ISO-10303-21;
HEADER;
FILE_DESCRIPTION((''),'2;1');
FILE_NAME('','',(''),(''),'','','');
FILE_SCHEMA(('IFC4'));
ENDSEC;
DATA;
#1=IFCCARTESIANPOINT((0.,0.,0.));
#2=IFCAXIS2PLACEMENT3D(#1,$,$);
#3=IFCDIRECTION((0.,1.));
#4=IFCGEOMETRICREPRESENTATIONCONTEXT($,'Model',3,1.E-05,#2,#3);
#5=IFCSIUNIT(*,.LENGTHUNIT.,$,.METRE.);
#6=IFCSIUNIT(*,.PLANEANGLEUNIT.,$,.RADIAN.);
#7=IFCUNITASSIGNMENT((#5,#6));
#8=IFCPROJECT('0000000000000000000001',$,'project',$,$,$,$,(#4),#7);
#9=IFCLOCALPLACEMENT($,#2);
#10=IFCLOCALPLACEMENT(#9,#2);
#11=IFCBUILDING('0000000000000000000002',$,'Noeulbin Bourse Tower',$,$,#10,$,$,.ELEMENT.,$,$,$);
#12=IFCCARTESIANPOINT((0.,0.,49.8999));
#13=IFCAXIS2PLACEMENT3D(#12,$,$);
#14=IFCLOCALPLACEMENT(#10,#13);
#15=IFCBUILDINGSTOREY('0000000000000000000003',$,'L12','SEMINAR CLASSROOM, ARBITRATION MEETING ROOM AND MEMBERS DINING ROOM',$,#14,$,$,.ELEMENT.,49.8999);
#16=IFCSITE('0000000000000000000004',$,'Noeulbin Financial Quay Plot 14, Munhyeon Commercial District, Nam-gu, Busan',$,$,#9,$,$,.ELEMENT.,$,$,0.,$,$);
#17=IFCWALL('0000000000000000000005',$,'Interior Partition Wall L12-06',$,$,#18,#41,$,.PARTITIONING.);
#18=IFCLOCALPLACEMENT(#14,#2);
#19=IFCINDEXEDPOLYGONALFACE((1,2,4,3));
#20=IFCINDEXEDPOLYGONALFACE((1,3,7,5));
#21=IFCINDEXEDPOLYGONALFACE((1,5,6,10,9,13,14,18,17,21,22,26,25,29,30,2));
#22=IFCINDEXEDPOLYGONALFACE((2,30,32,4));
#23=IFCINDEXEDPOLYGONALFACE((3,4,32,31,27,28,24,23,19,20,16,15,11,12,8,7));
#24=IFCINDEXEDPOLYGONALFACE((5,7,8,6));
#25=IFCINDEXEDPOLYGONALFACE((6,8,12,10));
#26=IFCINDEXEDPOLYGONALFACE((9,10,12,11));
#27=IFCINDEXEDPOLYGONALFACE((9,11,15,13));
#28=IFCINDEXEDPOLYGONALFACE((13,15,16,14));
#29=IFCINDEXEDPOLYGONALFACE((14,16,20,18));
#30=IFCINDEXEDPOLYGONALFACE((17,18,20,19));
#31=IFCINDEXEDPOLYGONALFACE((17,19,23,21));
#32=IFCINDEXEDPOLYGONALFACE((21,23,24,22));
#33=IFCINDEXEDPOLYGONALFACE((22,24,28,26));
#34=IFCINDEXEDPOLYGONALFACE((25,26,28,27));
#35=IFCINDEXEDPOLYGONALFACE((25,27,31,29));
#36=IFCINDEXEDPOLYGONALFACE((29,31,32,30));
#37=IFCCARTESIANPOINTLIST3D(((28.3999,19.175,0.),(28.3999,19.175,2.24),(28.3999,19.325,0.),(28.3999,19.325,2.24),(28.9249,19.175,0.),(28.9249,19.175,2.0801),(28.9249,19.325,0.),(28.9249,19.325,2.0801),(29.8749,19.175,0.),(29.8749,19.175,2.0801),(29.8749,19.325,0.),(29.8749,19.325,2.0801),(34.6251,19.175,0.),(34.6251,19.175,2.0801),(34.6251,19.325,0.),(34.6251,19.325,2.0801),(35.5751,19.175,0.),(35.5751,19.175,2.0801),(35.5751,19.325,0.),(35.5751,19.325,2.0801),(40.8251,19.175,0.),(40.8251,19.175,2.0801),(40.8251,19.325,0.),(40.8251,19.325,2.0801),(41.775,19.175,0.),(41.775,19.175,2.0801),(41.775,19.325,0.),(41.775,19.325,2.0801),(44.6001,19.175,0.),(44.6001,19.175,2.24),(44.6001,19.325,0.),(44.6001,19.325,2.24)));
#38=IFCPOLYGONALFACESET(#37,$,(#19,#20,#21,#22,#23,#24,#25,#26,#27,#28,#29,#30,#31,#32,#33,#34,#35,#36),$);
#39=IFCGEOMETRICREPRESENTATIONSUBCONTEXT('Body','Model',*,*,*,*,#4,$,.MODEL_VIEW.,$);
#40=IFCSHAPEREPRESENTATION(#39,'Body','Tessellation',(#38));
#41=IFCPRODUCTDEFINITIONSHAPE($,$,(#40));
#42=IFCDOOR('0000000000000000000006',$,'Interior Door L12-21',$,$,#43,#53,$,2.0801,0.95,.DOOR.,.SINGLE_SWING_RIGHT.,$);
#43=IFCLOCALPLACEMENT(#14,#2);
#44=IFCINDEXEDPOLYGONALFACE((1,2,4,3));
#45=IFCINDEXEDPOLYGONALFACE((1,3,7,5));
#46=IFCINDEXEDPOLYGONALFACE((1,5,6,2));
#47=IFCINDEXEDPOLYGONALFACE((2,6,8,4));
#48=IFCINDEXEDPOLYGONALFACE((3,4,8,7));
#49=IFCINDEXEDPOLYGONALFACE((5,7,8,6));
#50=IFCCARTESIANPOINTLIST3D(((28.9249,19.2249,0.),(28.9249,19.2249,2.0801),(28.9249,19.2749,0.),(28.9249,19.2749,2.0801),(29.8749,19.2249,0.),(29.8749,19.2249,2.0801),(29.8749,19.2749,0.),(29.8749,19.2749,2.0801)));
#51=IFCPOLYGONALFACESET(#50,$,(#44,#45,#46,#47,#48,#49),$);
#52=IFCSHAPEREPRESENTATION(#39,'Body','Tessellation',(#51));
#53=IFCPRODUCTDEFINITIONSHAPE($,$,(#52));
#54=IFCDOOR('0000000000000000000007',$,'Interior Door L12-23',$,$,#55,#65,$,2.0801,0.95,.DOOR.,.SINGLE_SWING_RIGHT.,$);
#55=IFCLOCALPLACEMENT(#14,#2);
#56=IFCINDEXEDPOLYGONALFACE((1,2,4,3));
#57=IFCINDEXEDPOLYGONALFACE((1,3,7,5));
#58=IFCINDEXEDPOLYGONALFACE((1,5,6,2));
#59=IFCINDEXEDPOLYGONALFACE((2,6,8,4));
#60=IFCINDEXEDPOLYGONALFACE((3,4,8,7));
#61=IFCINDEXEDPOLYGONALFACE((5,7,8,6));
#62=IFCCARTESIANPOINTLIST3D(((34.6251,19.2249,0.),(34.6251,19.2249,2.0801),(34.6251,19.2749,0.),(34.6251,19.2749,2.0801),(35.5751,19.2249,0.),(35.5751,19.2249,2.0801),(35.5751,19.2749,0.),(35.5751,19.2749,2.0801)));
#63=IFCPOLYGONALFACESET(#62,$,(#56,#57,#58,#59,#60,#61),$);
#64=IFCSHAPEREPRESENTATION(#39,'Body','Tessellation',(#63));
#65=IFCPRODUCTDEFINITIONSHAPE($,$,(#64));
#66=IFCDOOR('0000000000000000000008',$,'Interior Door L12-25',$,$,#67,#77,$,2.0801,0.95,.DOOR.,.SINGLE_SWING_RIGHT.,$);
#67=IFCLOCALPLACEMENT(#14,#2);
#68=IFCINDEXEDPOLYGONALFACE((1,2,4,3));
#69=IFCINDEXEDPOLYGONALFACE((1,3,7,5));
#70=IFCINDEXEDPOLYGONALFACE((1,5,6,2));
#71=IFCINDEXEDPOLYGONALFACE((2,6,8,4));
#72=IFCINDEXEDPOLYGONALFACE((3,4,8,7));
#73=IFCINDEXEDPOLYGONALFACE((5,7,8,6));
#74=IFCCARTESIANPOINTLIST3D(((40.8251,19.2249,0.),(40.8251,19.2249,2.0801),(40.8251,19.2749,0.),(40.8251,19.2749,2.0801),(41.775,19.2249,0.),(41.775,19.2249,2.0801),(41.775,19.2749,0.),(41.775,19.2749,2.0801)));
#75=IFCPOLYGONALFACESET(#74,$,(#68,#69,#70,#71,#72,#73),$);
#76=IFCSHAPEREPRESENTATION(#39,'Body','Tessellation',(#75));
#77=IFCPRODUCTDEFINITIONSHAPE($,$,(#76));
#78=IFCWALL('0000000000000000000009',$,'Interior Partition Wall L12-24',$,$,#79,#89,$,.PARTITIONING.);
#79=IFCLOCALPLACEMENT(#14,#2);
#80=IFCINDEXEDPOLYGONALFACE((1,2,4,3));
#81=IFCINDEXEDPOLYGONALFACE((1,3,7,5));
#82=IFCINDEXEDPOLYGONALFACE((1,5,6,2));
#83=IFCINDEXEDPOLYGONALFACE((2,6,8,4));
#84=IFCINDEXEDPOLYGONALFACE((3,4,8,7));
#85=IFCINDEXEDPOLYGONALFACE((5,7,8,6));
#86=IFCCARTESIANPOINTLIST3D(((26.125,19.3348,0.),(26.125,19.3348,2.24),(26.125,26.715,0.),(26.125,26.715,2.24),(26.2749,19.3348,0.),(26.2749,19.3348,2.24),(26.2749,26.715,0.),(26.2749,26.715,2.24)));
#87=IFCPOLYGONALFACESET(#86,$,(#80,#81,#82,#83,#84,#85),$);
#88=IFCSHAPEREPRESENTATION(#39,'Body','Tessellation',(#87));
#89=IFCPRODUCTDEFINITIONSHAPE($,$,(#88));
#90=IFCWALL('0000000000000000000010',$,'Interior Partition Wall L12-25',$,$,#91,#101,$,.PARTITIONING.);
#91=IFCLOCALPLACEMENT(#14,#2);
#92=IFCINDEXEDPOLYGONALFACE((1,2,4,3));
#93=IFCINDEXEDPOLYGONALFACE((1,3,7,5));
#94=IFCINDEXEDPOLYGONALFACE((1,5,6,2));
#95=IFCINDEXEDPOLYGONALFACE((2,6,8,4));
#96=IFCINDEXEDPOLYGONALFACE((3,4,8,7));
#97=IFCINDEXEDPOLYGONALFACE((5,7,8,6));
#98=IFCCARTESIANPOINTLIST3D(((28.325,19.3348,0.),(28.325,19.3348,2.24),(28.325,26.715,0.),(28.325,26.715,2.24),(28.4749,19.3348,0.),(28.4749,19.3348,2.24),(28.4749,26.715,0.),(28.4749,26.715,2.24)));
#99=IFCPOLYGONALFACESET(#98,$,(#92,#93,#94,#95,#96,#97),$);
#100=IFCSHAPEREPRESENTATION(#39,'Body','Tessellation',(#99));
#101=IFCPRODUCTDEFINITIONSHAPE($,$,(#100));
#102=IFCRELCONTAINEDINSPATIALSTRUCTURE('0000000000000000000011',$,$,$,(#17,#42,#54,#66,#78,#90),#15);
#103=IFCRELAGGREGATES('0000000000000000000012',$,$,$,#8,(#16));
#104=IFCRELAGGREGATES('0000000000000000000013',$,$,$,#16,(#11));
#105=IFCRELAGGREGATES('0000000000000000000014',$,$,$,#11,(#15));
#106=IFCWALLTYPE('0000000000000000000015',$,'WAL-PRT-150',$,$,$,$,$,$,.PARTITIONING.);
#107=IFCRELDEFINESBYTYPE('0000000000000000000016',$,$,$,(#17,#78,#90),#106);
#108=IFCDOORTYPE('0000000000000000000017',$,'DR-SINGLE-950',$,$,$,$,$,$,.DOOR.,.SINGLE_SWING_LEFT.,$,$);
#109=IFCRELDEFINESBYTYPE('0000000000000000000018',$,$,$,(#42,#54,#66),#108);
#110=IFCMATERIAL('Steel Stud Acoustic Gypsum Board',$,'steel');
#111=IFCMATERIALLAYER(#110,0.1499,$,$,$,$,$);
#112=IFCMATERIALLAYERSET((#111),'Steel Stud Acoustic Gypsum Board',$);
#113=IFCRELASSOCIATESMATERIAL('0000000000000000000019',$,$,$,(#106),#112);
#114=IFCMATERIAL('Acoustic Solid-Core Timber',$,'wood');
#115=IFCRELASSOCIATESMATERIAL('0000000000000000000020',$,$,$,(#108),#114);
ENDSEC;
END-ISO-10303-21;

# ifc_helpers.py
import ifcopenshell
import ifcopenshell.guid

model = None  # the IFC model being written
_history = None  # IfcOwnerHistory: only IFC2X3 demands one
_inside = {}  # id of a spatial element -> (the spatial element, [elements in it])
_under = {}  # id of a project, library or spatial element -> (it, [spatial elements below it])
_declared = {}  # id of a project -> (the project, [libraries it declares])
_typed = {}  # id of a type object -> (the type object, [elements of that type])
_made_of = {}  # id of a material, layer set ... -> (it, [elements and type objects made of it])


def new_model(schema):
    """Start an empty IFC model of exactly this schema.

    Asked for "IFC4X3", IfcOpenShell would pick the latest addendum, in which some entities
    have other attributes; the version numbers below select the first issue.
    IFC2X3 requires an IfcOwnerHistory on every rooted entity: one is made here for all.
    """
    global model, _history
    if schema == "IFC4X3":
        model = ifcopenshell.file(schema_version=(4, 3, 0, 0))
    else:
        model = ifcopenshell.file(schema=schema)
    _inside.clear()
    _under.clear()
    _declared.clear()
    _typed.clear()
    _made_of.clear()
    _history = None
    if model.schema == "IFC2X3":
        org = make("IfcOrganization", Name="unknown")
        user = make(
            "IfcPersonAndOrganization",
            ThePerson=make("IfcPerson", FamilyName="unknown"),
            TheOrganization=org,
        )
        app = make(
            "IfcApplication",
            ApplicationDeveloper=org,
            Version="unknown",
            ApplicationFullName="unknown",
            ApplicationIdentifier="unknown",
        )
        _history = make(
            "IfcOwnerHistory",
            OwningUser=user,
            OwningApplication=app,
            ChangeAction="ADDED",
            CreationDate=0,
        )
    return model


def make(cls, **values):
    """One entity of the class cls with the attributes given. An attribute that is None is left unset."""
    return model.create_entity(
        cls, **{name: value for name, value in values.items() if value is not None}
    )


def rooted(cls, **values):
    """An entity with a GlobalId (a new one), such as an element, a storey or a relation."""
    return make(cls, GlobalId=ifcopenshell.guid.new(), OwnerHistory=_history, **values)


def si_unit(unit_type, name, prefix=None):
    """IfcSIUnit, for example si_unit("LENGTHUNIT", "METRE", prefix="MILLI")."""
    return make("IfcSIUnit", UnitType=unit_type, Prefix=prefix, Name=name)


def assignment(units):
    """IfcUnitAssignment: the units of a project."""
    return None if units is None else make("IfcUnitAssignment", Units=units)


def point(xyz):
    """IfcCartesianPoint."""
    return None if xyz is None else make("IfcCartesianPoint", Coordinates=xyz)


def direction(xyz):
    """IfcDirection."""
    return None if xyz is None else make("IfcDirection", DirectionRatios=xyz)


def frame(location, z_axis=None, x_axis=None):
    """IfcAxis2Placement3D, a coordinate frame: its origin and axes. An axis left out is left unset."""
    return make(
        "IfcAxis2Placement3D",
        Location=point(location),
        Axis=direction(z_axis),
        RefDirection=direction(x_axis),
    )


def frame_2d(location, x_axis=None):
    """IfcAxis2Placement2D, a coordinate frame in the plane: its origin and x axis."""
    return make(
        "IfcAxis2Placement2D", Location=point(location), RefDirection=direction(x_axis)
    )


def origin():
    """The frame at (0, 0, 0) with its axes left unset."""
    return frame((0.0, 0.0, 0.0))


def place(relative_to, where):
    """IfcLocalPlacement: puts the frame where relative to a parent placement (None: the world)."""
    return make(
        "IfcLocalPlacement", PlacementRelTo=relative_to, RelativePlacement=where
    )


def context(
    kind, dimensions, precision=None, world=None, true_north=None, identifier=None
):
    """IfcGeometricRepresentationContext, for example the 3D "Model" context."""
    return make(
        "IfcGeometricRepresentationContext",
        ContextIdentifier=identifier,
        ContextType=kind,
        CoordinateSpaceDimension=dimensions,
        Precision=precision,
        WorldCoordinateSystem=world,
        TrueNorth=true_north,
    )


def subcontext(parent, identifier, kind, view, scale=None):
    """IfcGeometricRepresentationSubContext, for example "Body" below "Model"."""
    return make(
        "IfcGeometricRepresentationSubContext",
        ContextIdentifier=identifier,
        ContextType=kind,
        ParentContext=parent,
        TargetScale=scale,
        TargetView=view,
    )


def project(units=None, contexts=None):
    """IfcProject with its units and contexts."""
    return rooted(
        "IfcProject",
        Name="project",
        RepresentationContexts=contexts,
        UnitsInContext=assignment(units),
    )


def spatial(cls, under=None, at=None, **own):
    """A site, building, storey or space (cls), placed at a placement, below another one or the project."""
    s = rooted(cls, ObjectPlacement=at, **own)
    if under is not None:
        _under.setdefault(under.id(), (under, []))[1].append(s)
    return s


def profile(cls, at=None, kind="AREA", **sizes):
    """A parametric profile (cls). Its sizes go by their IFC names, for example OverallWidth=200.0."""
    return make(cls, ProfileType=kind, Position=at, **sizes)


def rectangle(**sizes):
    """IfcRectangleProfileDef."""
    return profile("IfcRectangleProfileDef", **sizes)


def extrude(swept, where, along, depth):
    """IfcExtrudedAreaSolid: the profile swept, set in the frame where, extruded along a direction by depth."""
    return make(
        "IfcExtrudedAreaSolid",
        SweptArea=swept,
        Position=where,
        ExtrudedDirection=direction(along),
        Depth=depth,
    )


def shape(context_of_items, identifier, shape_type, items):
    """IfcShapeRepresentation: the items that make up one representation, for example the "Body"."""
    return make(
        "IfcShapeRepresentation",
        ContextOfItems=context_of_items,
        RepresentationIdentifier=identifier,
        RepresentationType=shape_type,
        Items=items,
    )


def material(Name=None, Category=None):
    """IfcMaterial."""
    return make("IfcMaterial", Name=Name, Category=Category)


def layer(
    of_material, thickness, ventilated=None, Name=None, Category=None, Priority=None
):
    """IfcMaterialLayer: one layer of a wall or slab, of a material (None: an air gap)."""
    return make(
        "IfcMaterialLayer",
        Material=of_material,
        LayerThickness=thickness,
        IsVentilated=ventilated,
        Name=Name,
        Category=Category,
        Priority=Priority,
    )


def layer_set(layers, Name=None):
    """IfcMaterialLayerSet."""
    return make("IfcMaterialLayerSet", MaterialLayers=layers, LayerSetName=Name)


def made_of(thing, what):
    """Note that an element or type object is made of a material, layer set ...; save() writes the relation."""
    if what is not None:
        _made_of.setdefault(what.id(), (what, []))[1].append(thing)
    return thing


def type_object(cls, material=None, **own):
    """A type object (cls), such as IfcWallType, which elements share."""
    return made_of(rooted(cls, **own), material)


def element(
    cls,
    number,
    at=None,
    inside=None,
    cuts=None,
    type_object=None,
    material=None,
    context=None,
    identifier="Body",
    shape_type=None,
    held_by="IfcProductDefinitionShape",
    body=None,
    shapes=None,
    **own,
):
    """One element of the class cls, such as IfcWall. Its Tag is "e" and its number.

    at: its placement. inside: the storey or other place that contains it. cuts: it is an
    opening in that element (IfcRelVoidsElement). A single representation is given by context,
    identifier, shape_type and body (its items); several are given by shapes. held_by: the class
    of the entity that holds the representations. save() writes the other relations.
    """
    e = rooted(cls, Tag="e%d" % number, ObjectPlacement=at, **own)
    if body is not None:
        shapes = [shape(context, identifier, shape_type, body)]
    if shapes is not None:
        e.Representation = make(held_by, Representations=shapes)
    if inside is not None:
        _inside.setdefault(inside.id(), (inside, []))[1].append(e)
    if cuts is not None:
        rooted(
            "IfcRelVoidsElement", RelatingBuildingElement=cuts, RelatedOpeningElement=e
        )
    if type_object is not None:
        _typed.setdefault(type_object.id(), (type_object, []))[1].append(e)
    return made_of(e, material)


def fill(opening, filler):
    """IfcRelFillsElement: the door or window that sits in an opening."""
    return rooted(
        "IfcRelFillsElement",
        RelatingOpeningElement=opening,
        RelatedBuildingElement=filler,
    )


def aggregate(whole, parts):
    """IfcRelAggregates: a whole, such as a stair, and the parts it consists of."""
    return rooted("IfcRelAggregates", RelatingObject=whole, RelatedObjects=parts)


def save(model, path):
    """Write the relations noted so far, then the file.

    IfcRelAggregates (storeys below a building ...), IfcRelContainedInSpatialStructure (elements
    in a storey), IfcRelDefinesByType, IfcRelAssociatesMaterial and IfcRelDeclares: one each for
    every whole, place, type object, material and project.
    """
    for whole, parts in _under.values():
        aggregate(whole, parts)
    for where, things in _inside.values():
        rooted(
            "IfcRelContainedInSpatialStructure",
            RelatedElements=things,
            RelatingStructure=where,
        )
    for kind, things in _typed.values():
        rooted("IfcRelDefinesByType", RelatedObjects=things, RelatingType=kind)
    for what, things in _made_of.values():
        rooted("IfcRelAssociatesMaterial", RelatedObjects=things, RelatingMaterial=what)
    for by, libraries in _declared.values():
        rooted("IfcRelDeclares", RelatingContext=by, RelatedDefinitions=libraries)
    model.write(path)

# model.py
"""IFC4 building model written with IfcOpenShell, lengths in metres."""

from ifc_helpers import new_model, si_unit, direction, frame, frame_2d, origin, place, context, subcontext, project, spatial, rectangle, extrude, material, layer, layer_set, type_object, element, fill, save


model = new_model("IFC4")

# Units and contexts
model_context = context("Model", 3, precision=1e-05, world=origin(), true_north=direction((0.0, 1.0)))
body_context = subcontext(model_context, "Body", "Model", "MODEL_VIEW")
ifc_project = project(units=[si_unit("LENGTHUNIT", "METRE"), si_unit("PLANEANGLEUNIT", "RADIAN")], contexts=[model_context])

# Site, building, storey
site_placement = place(None, origin())
site = spatial("IfcSite", under=ifc_project, at=site_placement, Name="Noeulbin Financial Quay Plot 14, Munhyeon Commercial District, Nam-gu, Busan", CompositionType="ELEMENT", RefElevation=0.0)
building_placement = place(site_placement, origin())
building = spatial("IfcBuilding", under=site, at=building_placement, Name="Noeulbin Bourse Tower", CompositionType="ELEMENT")
storey_placement = place(building_placement, frame((0.0, 0.0, 49.8999)))
storey = spatial("IfcBuildingStorey", under=building, at=storey_placement, Name="L12", Description="SEMINAR CLASSROOM, ARBITRATION MEETING ROOM AND MEMBERS DINING ROOM", CompositionType="ELEMENT", Elevation=49.8999)

# Wall, openings, doors
ifc_material_1 = material(Name="Steel Stud Acoustic Gypsum Board", Category="steel")
ifc_layer_1 = layer(ifc_material_1, 0.1499)
ifc_layer_set_1 = layer_set([ifc_layer_1], Name="Steel Stud Acoustic Gypsum Board")
wall_type_1 = type_object("IfcWallType", Name="WAL-PRT-150", PredefinedType="PARTITIONING", material=ifc_layer_set_1)
wall_1_placement = place(storey_placement, frame((28.3999, 19.25, 0.0), z_axis=(0.0, 0.0, 1.0), x_axis=(1.0, 0.0, 0.0)))
wall_1 = element("IfcWall", 1, at=wall_1_placement, inside=storey, type_object=wall_type_1, Name="Interior Partition Wall L12-06", PredefinedType="PARTITIONING", context=body_context, shape_type="SweptSolid", body=[
    extrude(rectangle(XDim=16.2002, YDim=0.1499, at=frame_2d((8.1001, 0.0))), origin(), (0.0, 0.0, 1.0), 2.24),
])
opening_1_placement = place(wall_1_placement, frame((0.5249, 0.0, 0.0)))
opening_1 = element("IfcOpeningElement", 2, at=opening_1_placement, cuts=wall_1, PredefinedType="OPENING", context=body_context, shape_type="SweptSolid", body=[
    extrude(rectangle(XDim=0.95, YDim=2.0801, at=frame_2d((0.4751, 1.04))), frame((0.0, 0.085, 0.0), z_axis=(0.0, -1.0, 0.0), x_axis=(1.0, 0.0, 0.0)), (0.0, 0.0, 1.0), 0.1699),
])
opening_2_placement = place(wall_1_placement, frame((6.2251, 0.0, 0.0)))
opening_2 = element("IfcOpeningElement", 3, at=opening_2_placement, cuts=wall_1, PredefinedType="OPENING", context=body_context, shape_type="SweptSolid", body=[
    extrude(rectangle(XDim=0.95, YDim=2.0801, at=frame_2d((0.4751, 1.04))), frame((0.0, 0.085, 0.0), z_axis=(0.0, -1.0, 0.0), x_axis=(1.0, 0.0, 0.0)), (0.0, 0.0, 1.0), 0.1699),
])
opening_3_placement = place(wall_1_placement, frame((12.425, 0.0, 0.0)))
opening_3 = element("IfcOpeningElement", 4, at=opening_3_placement, cuts=wall_1, PredefinedType="OPENING", context=body_context, shape_type="SweptSolid", body=[
    extrude(rectangle(XDim=0.95, YDim=2.0801, at=frame_2d((0.4751, 1.04))), frame((0.0, 0.085, 0.0), z_axis=(0.0, -1.0, 0.0), x_axis=(1.0, 0.0, 0.0)), (0.0, 0.0, 1.0), 0.1699),
])
ifc_material_2 = material(Name="Acoustic Solid-Core Timber", Category="wood")
door_type = type_object("IfcDoorType", Name="DR-SINGLE-950", OperationType="SINGLE_SWING_LEFT", PredefinedType="DOOR", material=ifc_material_2)
door_1_placement = place(opening_1_placement, origin())
door_1 = element("IfcDoor", 5, at=door_1_placement, inside=storey, type_object=door_type, Name="Interior Door L12-21", OperationType="SINGLE_SWING_RIGHT", OverallHeight=2.0801, OverallWidth=0.95, PredefinedType="DOOR", context=body_context, shape_type="SweptSolid", body=[
    extrude(rectangle(XDim=0.95, YDim=2.0801, at=frame_2d((0.4751, 1.04))), frame((0.0, 0.0249, 0.0), z_axis=(0.0, -1.0, 0.0), x_axis=(1.0, 0.0, 0.0)), (0.0, 0.0, 1.0), 0.05),
])
fill(opening_1, door_1)
door_2_placement = place(opening_2_placement, origin())
door_2 = element("IfcDoor", 6, at=door_2_placement, inside=storey, type_object=door_type, Name="Interior Door L12-23", OperationType="SINGLE_SWING_RIGHT", OverallHeight=2.0801, OverallWidth=0.95, PredefinedType="DOOR", context=body_context, shape_type="SweptSolid", body=[
    extrude(rectangle(XDim=0.95, YDim=2.0801, at=frame_2d((0.4751, 1.04))), frame((0.0, 0.0249, 0.0), z_axis=(0.0, -1.0, 0.0), x_axis=(1.0, 0.0, 0.0)), (0.0, 0.0, 1.0), 0.05),
])
fill(opening_2, door_2)
door_3_placement = place(opening_3_placement, origin())
door_3 = element("IfcDoor", 7, at=door_3_placement, inside=storey, type_object=door_type, Name="Interior Door L12-25", OperationType="SINGLE_SWING_RIGHT", OverallHeight=2.0801, OverallWidth=0.95, PredefinedType="DOOR", context=body_context, shape_type="SweptSolid", body=[
    extrude(rectangle(XDim=0.95, YDim=2.0801, at=frame_2d((0.4751, 1.04))), frame((0.0, 0.0249, 0.0), z_axis=(0.0, -1.0, 0.0), x_axis=(1.0, 0.0, 0.0)), (0.0, 0.0, 1.0), 0.05),
])
fill(opening_3, door_3)

# Walls
for number, where, z_axis, x_axis, name in (
    (8, (26.2, 19.335, 0.0), (0.0, 0.0, 1.0), (0.0, 1.0, 0.0), "Interior Partition Wall L12-24"),
    (9, (28.3999, 19.335, 0.0), (0.0, 0.0, 1.0), (0.0, 1.0, 0.0), "Interior Partition Wall L12-25"),
):
    element("IfcWall", number, at=place(storey_placement, frame(where, z_axis=z_axis, x_axis=x_axis)), inside=storey, type_object=wall_type_1, Name=name, PredefinedType="PARTITIONING", context=body_context, shape_type="SweptSolid", body=[
        extrude(rectangle(XDim=7.3801, YDim=0.1499, at=frame_2d((3.6899, 0.0))), origin(), (0.0, 0.0, 1.0), 2.24),
    ])

save(model, "model.ifc")
